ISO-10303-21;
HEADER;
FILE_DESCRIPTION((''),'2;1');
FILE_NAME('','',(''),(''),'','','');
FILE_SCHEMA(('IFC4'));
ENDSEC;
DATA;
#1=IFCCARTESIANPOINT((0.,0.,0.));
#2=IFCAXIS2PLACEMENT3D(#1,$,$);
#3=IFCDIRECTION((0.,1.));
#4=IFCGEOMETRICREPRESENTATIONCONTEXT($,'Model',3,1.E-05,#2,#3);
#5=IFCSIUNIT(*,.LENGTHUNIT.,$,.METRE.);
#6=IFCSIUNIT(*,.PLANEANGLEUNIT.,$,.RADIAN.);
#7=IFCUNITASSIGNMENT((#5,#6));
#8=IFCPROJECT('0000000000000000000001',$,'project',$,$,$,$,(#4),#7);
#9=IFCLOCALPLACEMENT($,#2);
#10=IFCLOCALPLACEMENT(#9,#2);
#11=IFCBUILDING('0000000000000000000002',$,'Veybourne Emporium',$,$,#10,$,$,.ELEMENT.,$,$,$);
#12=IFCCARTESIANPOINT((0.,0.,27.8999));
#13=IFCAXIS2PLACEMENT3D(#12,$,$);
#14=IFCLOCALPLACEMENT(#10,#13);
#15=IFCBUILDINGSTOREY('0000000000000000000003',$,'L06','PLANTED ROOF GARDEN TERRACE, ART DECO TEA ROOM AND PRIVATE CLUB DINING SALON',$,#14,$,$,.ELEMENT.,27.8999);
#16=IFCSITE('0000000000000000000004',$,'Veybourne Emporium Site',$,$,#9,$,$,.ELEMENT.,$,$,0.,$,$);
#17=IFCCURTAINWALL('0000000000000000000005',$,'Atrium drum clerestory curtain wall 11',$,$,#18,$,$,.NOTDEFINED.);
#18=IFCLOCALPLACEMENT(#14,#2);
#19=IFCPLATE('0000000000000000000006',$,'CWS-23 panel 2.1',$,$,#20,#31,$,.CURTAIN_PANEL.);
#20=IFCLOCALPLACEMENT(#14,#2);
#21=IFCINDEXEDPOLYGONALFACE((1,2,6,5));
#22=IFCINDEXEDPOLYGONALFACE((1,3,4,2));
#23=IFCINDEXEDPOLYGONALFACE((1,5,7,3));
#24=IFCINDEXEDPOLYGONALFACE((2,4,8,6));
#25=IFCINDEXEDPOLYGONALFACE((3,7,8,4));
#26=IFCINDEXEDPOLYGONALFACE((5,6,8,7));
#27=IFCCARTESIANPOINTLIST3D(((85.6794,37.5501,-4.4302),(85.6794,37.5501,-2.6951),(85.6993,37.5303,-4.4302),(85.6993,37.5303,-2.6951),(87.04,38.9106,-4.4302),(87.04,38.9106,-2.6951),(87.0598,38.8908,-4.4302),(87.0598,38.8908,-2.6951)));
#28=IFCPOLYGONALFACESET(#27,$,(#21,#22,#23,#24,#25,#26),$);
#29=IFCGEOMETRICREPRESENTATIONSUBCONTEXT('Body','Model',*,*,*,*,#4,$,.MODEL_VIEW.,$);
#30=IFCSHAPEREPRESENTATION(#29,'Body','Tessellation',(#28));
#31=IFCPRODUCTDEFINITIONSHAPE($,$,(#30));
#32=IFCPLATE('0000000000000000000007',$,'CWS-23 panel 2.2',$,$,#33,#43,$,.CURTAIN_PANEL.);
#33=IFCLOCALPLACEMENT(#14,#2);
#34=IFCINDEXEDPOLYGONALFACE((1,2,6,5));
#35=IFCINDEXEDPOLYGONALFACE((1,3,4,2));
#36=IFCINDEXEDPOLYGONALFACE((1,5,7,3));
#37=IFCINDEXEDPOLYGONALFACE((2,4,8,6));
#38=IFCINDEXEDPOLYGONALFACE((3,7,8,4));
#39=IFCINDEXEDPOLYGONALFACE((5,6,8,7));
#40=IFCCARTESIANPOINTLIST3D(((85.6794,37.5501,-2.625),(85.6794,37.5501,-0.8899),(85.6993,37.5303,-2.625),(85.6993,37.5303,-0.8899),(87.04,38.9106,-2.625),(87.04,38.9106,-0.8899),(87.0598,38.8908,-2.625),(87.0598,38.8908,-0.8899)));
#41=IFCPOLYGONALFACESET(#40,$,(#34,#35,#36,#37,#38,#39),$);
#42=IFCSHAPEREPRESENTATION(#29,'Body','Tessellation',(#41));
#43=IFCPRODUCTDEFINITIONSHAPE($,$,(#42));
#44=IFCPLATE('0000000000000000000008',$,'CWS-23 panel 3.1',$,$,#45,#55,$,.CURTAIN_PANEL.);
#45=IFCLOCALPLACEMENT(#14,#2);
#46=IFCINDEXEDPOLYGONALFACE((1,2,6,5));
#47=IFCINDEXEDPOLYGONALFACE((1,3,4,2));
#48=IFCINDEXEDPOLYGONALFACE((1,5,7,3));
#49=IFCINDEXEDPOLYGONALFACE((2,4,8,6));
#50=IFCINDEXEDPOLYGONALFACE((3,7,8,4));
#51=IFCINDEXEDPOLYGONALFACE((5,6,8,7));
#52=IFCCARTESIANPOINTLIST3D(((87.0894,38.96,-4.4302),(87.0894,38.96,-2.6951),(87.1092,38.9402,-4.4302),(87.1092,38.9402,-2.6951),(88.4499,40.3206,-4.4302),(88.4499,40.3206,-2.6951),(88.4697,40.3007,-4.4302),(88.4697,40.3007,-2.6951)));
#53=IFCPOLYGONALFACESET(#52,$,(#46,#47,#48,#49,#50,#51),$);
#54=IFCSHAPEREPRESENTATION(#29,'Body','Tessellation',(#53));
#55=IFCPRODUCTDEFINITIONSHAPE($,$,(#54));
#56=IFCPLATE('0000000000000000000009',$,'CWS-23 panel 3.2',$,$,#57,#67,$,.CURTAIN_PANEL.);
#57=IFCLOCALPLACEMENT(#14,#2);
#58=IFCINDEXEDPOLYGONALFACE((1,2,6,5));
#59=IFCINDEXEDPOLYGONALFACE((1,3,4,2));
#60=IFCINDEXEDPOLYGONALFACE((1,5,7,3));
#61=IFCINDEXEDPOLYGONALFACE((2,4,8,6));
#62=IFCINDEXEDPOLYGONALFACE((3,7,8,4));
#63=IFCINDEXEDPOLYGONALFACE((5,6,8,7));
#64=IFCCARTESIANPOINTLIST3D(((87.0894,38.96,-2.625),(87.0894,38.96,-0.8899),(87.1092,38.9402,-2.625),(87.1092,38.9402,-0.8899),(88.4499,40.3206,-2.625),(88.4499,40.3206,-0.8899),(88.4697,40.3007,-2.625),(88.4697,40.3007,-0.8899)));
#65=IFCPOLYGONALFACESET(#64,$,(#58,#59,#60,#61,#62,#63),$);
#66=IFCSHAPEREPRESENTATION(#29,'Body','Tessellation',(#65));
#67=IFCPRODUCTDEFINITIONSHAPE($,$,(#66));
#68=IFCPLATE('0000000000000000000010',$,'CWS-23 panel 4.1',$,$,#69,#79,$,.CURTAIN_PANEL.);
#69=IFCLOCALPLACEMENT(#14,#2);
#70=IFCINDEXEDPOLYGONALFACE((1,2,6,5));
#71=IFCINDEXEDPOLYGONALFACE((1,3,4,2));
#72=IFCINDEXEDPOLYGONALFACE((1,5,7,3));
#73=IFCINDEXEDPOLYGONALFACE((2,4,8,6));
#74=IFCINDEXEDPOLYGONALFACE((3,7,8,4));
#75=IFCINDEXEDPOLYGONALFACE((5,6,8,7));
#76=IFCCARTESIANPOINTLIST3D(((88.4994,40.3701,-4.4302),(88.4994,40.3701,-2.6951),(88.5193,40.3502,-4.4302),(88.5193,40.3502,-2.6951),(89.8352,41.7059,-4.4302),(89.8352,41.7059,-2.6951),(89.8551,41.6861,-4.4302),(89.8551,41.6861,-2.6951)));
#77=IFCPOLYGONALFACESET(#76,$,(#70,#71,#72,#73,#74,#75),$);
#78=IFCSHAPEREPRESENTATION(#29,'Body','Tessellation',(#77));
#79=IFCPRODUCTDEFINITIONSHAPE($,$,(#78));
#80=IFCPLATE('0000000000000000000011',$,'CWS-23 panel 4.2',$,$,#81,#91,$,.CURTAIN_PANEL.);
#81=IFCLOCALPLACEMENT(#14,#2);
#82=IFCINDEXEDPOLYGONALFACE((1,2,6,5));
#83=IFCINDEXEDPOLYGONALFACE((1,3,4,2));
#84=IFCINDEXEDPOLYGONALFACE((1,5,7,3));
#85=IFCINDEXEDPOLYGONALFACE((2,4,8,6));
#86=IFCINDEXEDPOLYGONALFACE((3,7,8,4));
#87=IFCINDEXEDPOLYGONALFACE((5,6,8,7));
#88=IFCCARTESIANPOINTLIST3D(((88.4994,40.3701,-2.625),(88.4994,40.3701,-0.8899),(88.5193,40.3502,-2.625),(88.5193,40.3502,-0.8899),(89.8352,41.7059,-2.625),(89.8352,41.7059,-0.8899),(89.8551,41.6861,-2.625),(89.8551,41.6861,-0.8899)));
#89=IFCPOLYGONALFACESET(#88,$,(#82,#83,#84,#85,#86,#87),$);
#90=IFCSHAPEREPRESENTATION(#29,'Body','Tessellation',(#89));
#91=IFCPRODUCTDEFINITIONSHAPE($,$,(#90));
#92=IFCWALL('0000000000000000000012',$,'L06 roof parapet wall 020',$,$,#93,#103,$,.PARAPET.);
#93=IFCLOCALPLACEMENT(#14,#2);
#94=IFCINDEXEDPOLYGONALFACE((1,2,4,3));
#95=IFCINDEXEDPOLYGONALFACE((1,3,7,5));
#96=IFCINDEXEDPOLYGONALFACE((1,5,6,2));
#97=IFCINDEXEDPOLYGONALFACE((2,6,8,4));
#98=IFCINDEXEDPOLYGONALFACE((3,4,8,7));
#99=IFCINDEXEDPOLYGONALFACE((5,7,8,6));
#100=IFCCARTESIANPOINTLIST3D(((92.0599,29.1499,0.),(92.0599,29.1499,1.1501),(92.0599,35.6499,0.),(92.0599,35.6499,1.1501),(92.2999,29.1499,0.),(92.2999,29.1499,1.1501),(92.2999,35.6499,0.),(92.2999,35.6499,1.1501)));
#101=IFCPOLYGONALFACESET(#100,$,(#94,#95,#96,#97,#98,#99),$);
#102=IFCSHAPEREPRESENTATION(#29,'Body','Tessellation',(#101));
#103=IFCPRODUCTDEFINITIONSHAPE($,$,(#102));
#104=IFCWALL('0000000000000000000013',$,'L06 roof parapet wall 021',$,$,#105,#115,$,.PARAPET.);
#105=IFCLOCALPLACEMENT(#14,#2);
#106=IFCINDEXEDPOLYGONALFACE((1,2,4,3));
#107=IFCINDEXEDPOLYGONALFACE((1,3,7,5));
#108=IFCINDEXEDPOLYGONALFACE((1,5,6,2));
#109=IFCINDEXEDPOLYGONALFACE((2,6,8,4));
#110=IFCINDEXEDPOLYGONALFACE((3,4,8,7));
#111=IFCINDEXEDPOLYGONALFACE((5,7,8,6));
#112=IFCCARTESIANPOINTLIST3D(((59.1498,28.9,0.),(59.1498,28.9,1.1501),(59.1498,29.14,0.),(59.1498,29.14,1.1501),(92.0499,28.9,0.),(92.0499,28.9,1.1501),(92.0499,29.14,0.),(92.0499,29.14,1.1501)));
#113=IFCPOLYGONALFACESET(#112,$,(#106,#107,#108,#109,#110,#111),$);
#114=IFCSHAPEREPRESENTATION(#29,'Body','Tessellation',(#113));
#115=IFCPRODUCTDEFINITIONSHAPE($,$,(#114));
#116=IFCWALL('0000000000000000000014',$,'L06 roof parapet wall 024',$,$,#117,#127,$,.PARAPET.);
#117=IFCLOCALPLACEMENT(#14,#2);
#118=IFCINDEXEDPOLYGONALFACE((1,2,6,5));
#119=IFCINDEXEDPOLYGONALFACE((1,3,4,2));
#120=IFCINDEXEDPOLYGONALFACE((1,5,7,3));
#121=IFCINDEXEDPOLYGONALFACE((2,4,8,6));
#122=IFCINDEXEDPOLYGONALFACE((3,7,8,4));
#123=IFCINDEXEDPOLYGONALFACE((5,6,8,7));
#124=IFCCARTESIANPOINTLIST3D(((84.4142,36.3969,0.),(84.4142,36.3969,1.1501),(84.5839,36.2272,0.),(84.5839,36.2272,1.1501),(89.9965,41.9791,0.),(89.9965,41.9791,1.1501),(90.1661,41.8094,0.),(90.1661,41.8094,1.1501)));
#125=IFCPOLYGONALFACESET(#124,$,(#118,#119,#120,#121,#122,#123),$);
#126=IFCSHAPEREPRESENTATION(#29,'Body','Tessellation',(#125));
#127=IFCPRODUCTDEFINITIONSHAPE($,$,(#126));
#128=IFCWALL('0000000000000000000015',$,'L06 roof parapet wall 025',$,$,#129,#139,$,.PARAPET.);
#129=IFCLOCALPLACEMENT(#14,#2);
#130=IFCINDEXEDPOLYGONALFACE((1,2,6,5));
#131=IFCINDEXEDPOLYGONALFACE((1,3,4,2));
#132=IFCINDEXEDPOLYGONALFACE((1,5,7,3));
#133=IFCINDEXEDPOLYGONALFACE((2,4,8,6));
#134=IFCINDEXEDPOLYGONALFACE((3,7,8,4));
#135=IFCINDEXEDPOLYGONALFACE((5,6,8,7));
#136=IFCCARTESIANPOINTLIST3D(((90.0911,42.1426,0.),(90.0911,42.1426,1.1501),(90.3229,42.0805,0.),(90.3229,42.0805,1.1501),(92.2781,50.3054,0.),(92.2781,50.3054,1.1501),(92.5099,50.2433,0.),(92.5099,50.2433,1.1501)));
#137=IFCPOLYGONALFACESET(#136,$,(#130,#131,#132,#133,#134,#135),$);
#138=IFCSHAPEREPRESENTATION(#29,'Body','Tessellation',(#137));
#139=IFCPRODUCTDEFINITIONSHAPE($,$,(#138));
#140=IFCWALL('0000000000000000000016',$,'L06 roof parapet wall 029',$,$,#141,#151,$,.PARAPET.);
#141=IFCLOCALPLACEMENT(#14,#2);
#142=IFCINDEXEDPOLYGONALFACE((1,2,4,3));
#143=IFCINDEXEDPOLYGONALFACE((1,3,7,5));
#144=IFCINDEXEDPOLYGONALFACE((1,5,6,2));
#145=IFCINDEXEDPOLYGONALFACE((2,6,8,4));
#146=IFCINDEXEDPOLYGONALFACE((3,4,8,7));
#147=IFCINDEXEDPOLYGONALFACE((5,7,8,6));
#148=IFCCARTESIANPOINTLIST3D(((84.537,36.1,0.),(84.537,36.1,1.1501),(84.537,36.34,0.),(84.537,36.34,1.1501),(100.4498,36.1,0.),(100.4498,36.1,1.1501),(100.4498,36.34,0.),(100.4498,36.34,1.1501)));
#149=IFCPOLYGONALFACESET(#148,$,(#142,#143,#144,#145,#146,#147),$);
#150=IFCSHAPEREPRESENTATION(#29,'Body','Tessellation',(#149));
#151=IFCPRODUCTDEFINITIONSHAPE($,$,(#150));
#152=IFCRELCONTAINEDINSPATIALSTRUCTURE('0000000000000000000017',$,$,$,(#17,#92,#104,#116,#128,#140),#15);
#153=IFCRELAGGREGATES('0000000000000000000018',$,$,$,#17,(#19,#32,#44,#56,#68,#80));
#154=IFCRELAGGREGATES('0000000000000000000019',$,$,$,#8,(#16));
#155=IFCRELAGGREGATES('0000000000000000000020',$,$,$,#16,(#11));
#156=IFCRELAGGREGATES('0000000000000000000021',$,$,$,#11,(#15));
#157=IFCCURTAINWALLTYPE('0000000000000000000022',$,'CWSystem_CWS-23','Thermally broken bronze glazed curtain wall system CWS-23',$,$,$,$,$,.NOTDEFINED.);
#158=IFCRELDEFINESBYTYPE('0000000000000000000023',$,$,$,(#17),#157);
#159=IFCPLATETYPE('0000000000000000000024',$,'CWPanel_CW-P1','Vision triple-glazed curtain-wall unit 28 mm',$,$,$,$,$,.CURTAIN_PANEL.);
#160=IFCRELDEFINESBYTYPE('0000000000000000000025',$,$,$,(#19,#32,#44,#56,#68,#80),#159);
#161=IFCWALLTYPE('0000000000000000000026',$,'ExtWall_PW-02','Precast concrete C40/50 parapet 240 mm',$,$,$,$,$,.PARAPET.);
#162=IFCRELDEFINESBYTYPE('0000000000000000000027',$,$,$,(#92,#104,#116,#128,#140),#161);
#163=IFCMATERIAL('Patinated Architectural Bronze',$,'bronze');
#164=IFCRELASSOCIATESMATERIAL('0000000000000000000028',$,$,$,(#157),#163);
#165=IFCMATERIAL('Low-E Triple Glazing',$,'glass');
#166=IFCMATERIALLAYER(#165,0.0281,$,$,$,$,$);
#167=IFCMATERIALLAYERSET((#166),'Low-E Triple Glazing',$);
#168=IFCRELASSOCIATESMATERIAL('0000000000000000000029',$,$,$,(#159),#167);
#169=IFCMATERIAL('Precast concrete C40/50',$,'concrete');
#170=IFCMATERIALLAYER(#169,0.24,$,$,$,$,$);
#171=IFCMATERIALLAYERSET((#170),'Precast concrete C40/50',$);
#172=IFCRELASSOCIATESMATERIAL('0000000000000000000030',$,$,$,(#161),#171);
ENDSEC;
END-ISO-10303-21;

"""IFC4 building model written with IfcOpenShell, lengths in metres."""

from ifc_helpers import new_model, si_unit, direction, frame, frame_2d, origin, origin_2d, place, context, subcontext, project, spatial, rectangle, extrude, material, layer, layer_set, type_object, element, aggregate, save


model = new_model("IFC4")

# Units and contexts
model_context = context("Model", 3, precision=1e-05, world=origin(), true_north=direction((0.0, 1.0)))
body_context = subcontext(model_context, "Body", "Model", "MODEL_VIEW")
ifc_project = project(units=[si_unit("LENGTHUNIT", "METRE"), si_unit("PLANEANGLEUNIT", "RADIAN")], contexts=[model_context])

# Site, building, storey
site_placement = place(None, origin())
site = spatial("IfcSite", under=ifc_project, at=site_placement, Name="Veybourne Emporium Site", CompositionType="ELEMENT", RefElevation=0.0)
building_placement = place(site_placement, origin())
building = spatial("IfcBuilding", under=site, at=building_placement, Name="Veybourne Emporium", CompositionType="ELEMENT")
storey_placement = place(building_placement, frame((0.0, 0.0, 27.8999)))
storey = spatial("IfcBuildingStorey", under=building, at=storey_placement, Name="L06", Description="PLANTED ROOF GARDEN TERRACE, ART DECO TEA ROOM AND PRIVATE CLUB DINING SALON", CompositionType="ELEMENT", Elevation=27.8999)

# Curtain wall
ifc_material_1 = material(Name="Patinated Architectural Bronze", Category="bronze")
curtain_wall_type = type_object("IfcCurtainWallType", Name="CWSystem_CWS-23", Description="Thermally broken bronze glazed curtain wall system CWS-23", PredefinedType="NOTDEFINED", material=ifc_material_1)
curtain_wall_placement = place(storey_placement, origin())
curtain_wall = element("IfcCurtainWall", 1, at=curtain_wall_placement, inside=storey, type_object=curtain_wall_type, Name="Atrium drum clerestory curtain wall 11", PredefinedType="NOTDEFINED")

# Plates
ifc_material_2 = material(Name="Low-E Triple Glazing", Category="glass")
ifc_layer_1 = layer(ifc_material_2, 0.0281)
ifc_layer_set_1 = layer_set([ifc_layer_1], Name="Low-E Triple Glazing")
plate_type = type_object("IfcPlateType", Name="CWPanel_CW-P1", Description="Vision triple-glazed curtain-wall unit 28 mm", PredefinedType="CURTAIN_PANEL", material=ifc_layer_set_1)
plate_1_placement = place(storey_placement, frame((86.3696, 38.2205, -4.4302), z_axis=(0.0, 0.0, 1.0), x_axis=(0.707107, 0.707107, 0.0)))
plate_1 = element("IfcPlate", 2, at=plate_1_placement, type_object=plate_type, Name="CWS-23 panel 2.1", PredefinedType="CURTAIN_PANEL", context=body_context, shape_type="SweptSolid", body=[
    extrude(rectangle(XDim=1.9241, YDim=0.0281, at=origin_2d()), origin(), (0.0, 0.0, 1.0), 1.7351),
])
plate_2_placement = place(storey_placement, frame((86.3696, 38.2205, -2.625), z_axis=(0.0, 0.0, 1.0), x_axis=(0.707107, 0.707107, 0.0)))
plate_2 = element("IfcPlate", 3, at=plate_2_placement, type_object=plate_type, Name="CWS-23 panel 2.2", PredefinedType="CURTAIN_PANEL", context=body_context, shape_type="SweptSolid", body=[
    extrude(rectangle(XDim=1.9241, YDim=0.0281, at=origin_2d()), origin(), (0.0, 0.0, 1.0), 1.7351),
])
plate_3_placement = place(storey_placement, frame((87.7795, 39.6304, -4.4302), z_axis=(0.0, 0.0, 1.0), x_axis=(0.707107, 0.707107, 0.0)))
plate_3 = element("IfcPlate", 4, at=plate_3_placement, type_object=plate_type, Name="CWS-23 panel 3.1", PredefinedType="CURTAIN_PANEL", context=body_context, shape_type="SweptSolid", body=[
    extrude(rectangle(XDim=1.9241, YDim=0.0281, at=origin_2d()), origin(), (0.0, 0.0, 1.0), 1.7351),
])
plate_4_placement = place(storey_placement, frame((87.7795, 39.6304, -2.625), z_axis=(0.0, 0.0, 1.0), x_axis=(0.707107, 0.707107, 0.0)))
plate_4 = element("IfcPlate", 5, at=plate_4_placement, type_object=plate_type, Name="CWS-23 panel 3.2", PredefinedType="CURTAIN_PANEL", context=body_context, shape_type="SweptSolid", body=[
    extrude(rectangle(XDim=1.9241, YDim=0.0281, at=origin_2d()), origin(), (0.0, 0.0, 1.0), 1.7351),
])
plate_5_placement = place(storey_placement, frame((89.1772, 41.0281, -4.4302), z_axis=(0.0, 0.0, 1.0), x_axis=(0.707107, 0.707107, 0.0)))
plate_5 = element("IfcPlate", 6, at=plate_5_placement, type_object=plate_type, Name="CWS-23 panel 4.1", PredefinedType="CURTAIN_PANEL", context=body_context, shape_type="SweptSolid", body=[
    extrude(rectangle(XDim=1.8892, YDim=0.0281, at=origin_2d()), origin(), (0.0, 0.0, 1.0), 1.7351),
])
plate_6_placement = place(storey_placement, frame((89.1772, 41.0281, -2.625), z_axis=(0.0, 0.0, 1.0), x_axis=(0.707107, 0.707107, 0.0)))
plate_6 = element("IfcPlate", 7, at=plate_6_placement, type_object=plate_type, Name="CWS-23 panel 4.2", PredefinedType="CURTAIN_PANEL", context=body_context, shape_type="SweptSolid", body=[
    extrude(rectangle(XDim=1.8892, YDim=0.0281, at=origin_2d()), origin(), (0.0, 0.0, 1.0), 1.7351),
])
aggregate(curtain_wall, [plate_1, plate_2, plate_3, plate_4, plate_5, plate_6])

# Walls
ifc_material_3 = material(Name="Precast concrete C40/50", Category="concrete")
ifc_layer_2 = layer(ifc_material_3, 0.24)
ifc_layer_set_2 = layer_set([ifc_layer_2], Name="Precast concrete C40/50")
wall_type = type_object("IfcWallType", Name="ExtWall_PW-02", Description="Precast concrete C40/50 parapet 240 mm", PredefinedType="PARAPET", material=ifc_layer_set_2)
wall_1_placement = place(storey_placement, frame((92.1799, 35.6499, 0.0), z_axis=(0.0, 0.0, 1.0), x_axis=(0.0, -1.0, 0.0)))
element("IfcWall", 8, at=wall_1_placement, inside=storey, type_object=wall_type, Name="L06 roof parapet wall 020", PredefinedType="PARAPET", context=body_context, shape_type="SweptSolid", body=[
    extrude(rectangle(XDim=6.5, YDim=0.24, at=frame_2d((3.25, 0.0))), origin(), (0.0, 0.0, 1.0), 1.1501),
])
wall_2_placement = place(storey_placement, frame((92.05, 29.02, 0.0), z_axis=(0.0, 0.0, 1.0), x_axis=(-1.0, 0.0, 0.0)))
element("IfcWall", 9, at=wall_2_placement, inside=storey, type_object=wall_type, Name="L06 roof parapet wall 021", PredefinedType="PARAPET", context=body_context, shape_type="SweptSolid", body=[
    extrude(rectangle(XDim=32.9001, YDim=0.24, at=frame_2d((16.4502, 0.0))), origin(), (0.0, 0.0, 1.0), 1.1501),
])
wall_3_placement = place(storey_placement, frame((84.499, 36.312, 0.0), z_axis=(0.0, 0.0, 1.0), x_axis=(0.707107, 0.707107, 0.0)))
element("IfcWall", 10, at=wall_3_placement, inside=storey, type_object=wall_type, Name="L06 roof parapet wall 024", PredefinedType="PARAPET", context=body_context, shape_type="SweptSolid", body=[
    extrude(rectangle(XDim=7.8945, YDim=0.24, at=frame_2d((3.9473, 0.0))), origin(), (0.0, 0.0, 1.0), 1.1501),
])
wall_4_placement = place(storey_placement, frame((90.207, 42.1116, 0.0), z_axis=(0.0, 0.0, 1.0), x_axis=(0.258795, 0.965932, 0.0)))
element("IfcWall", 11, at=wall_4_placement, inside=storey, type_object=wall_type, Name="L06 roof parapet wall 025", PredefinedType="PARAPET", context=body_context, shape_type="SweptSolid", body=[
    extrude(rectangle(XDim=8.4507, YDim=0.24, at=frame_2d((4.2253, 0.0))), origin(), (0.0, 0.0, 1.0), 1.1501),
])
wall_5_placement = place(storey_placement, frame((100.45, 36.22, 0.0), z_axis=(0.0, 0.0, 1.0), x_axis=(-1.0, 0.0, 0.0)))
element("IfcWall", 12, at=wall_5_placement, inside=storey, type_object=wall_type, Name="L06 roof parapet wall 029", PredefinedType="PARAPET", context=body_context, shape_type="SweptSolid", body=[
    extrude(rectangle(XDim=15.9128, YDim=0.24, at=frame_2d((7.9565, 0.0))), origin(), (0.0, 0.0, 1.0), 1.1501),
])

save(model, "model.ifc")
